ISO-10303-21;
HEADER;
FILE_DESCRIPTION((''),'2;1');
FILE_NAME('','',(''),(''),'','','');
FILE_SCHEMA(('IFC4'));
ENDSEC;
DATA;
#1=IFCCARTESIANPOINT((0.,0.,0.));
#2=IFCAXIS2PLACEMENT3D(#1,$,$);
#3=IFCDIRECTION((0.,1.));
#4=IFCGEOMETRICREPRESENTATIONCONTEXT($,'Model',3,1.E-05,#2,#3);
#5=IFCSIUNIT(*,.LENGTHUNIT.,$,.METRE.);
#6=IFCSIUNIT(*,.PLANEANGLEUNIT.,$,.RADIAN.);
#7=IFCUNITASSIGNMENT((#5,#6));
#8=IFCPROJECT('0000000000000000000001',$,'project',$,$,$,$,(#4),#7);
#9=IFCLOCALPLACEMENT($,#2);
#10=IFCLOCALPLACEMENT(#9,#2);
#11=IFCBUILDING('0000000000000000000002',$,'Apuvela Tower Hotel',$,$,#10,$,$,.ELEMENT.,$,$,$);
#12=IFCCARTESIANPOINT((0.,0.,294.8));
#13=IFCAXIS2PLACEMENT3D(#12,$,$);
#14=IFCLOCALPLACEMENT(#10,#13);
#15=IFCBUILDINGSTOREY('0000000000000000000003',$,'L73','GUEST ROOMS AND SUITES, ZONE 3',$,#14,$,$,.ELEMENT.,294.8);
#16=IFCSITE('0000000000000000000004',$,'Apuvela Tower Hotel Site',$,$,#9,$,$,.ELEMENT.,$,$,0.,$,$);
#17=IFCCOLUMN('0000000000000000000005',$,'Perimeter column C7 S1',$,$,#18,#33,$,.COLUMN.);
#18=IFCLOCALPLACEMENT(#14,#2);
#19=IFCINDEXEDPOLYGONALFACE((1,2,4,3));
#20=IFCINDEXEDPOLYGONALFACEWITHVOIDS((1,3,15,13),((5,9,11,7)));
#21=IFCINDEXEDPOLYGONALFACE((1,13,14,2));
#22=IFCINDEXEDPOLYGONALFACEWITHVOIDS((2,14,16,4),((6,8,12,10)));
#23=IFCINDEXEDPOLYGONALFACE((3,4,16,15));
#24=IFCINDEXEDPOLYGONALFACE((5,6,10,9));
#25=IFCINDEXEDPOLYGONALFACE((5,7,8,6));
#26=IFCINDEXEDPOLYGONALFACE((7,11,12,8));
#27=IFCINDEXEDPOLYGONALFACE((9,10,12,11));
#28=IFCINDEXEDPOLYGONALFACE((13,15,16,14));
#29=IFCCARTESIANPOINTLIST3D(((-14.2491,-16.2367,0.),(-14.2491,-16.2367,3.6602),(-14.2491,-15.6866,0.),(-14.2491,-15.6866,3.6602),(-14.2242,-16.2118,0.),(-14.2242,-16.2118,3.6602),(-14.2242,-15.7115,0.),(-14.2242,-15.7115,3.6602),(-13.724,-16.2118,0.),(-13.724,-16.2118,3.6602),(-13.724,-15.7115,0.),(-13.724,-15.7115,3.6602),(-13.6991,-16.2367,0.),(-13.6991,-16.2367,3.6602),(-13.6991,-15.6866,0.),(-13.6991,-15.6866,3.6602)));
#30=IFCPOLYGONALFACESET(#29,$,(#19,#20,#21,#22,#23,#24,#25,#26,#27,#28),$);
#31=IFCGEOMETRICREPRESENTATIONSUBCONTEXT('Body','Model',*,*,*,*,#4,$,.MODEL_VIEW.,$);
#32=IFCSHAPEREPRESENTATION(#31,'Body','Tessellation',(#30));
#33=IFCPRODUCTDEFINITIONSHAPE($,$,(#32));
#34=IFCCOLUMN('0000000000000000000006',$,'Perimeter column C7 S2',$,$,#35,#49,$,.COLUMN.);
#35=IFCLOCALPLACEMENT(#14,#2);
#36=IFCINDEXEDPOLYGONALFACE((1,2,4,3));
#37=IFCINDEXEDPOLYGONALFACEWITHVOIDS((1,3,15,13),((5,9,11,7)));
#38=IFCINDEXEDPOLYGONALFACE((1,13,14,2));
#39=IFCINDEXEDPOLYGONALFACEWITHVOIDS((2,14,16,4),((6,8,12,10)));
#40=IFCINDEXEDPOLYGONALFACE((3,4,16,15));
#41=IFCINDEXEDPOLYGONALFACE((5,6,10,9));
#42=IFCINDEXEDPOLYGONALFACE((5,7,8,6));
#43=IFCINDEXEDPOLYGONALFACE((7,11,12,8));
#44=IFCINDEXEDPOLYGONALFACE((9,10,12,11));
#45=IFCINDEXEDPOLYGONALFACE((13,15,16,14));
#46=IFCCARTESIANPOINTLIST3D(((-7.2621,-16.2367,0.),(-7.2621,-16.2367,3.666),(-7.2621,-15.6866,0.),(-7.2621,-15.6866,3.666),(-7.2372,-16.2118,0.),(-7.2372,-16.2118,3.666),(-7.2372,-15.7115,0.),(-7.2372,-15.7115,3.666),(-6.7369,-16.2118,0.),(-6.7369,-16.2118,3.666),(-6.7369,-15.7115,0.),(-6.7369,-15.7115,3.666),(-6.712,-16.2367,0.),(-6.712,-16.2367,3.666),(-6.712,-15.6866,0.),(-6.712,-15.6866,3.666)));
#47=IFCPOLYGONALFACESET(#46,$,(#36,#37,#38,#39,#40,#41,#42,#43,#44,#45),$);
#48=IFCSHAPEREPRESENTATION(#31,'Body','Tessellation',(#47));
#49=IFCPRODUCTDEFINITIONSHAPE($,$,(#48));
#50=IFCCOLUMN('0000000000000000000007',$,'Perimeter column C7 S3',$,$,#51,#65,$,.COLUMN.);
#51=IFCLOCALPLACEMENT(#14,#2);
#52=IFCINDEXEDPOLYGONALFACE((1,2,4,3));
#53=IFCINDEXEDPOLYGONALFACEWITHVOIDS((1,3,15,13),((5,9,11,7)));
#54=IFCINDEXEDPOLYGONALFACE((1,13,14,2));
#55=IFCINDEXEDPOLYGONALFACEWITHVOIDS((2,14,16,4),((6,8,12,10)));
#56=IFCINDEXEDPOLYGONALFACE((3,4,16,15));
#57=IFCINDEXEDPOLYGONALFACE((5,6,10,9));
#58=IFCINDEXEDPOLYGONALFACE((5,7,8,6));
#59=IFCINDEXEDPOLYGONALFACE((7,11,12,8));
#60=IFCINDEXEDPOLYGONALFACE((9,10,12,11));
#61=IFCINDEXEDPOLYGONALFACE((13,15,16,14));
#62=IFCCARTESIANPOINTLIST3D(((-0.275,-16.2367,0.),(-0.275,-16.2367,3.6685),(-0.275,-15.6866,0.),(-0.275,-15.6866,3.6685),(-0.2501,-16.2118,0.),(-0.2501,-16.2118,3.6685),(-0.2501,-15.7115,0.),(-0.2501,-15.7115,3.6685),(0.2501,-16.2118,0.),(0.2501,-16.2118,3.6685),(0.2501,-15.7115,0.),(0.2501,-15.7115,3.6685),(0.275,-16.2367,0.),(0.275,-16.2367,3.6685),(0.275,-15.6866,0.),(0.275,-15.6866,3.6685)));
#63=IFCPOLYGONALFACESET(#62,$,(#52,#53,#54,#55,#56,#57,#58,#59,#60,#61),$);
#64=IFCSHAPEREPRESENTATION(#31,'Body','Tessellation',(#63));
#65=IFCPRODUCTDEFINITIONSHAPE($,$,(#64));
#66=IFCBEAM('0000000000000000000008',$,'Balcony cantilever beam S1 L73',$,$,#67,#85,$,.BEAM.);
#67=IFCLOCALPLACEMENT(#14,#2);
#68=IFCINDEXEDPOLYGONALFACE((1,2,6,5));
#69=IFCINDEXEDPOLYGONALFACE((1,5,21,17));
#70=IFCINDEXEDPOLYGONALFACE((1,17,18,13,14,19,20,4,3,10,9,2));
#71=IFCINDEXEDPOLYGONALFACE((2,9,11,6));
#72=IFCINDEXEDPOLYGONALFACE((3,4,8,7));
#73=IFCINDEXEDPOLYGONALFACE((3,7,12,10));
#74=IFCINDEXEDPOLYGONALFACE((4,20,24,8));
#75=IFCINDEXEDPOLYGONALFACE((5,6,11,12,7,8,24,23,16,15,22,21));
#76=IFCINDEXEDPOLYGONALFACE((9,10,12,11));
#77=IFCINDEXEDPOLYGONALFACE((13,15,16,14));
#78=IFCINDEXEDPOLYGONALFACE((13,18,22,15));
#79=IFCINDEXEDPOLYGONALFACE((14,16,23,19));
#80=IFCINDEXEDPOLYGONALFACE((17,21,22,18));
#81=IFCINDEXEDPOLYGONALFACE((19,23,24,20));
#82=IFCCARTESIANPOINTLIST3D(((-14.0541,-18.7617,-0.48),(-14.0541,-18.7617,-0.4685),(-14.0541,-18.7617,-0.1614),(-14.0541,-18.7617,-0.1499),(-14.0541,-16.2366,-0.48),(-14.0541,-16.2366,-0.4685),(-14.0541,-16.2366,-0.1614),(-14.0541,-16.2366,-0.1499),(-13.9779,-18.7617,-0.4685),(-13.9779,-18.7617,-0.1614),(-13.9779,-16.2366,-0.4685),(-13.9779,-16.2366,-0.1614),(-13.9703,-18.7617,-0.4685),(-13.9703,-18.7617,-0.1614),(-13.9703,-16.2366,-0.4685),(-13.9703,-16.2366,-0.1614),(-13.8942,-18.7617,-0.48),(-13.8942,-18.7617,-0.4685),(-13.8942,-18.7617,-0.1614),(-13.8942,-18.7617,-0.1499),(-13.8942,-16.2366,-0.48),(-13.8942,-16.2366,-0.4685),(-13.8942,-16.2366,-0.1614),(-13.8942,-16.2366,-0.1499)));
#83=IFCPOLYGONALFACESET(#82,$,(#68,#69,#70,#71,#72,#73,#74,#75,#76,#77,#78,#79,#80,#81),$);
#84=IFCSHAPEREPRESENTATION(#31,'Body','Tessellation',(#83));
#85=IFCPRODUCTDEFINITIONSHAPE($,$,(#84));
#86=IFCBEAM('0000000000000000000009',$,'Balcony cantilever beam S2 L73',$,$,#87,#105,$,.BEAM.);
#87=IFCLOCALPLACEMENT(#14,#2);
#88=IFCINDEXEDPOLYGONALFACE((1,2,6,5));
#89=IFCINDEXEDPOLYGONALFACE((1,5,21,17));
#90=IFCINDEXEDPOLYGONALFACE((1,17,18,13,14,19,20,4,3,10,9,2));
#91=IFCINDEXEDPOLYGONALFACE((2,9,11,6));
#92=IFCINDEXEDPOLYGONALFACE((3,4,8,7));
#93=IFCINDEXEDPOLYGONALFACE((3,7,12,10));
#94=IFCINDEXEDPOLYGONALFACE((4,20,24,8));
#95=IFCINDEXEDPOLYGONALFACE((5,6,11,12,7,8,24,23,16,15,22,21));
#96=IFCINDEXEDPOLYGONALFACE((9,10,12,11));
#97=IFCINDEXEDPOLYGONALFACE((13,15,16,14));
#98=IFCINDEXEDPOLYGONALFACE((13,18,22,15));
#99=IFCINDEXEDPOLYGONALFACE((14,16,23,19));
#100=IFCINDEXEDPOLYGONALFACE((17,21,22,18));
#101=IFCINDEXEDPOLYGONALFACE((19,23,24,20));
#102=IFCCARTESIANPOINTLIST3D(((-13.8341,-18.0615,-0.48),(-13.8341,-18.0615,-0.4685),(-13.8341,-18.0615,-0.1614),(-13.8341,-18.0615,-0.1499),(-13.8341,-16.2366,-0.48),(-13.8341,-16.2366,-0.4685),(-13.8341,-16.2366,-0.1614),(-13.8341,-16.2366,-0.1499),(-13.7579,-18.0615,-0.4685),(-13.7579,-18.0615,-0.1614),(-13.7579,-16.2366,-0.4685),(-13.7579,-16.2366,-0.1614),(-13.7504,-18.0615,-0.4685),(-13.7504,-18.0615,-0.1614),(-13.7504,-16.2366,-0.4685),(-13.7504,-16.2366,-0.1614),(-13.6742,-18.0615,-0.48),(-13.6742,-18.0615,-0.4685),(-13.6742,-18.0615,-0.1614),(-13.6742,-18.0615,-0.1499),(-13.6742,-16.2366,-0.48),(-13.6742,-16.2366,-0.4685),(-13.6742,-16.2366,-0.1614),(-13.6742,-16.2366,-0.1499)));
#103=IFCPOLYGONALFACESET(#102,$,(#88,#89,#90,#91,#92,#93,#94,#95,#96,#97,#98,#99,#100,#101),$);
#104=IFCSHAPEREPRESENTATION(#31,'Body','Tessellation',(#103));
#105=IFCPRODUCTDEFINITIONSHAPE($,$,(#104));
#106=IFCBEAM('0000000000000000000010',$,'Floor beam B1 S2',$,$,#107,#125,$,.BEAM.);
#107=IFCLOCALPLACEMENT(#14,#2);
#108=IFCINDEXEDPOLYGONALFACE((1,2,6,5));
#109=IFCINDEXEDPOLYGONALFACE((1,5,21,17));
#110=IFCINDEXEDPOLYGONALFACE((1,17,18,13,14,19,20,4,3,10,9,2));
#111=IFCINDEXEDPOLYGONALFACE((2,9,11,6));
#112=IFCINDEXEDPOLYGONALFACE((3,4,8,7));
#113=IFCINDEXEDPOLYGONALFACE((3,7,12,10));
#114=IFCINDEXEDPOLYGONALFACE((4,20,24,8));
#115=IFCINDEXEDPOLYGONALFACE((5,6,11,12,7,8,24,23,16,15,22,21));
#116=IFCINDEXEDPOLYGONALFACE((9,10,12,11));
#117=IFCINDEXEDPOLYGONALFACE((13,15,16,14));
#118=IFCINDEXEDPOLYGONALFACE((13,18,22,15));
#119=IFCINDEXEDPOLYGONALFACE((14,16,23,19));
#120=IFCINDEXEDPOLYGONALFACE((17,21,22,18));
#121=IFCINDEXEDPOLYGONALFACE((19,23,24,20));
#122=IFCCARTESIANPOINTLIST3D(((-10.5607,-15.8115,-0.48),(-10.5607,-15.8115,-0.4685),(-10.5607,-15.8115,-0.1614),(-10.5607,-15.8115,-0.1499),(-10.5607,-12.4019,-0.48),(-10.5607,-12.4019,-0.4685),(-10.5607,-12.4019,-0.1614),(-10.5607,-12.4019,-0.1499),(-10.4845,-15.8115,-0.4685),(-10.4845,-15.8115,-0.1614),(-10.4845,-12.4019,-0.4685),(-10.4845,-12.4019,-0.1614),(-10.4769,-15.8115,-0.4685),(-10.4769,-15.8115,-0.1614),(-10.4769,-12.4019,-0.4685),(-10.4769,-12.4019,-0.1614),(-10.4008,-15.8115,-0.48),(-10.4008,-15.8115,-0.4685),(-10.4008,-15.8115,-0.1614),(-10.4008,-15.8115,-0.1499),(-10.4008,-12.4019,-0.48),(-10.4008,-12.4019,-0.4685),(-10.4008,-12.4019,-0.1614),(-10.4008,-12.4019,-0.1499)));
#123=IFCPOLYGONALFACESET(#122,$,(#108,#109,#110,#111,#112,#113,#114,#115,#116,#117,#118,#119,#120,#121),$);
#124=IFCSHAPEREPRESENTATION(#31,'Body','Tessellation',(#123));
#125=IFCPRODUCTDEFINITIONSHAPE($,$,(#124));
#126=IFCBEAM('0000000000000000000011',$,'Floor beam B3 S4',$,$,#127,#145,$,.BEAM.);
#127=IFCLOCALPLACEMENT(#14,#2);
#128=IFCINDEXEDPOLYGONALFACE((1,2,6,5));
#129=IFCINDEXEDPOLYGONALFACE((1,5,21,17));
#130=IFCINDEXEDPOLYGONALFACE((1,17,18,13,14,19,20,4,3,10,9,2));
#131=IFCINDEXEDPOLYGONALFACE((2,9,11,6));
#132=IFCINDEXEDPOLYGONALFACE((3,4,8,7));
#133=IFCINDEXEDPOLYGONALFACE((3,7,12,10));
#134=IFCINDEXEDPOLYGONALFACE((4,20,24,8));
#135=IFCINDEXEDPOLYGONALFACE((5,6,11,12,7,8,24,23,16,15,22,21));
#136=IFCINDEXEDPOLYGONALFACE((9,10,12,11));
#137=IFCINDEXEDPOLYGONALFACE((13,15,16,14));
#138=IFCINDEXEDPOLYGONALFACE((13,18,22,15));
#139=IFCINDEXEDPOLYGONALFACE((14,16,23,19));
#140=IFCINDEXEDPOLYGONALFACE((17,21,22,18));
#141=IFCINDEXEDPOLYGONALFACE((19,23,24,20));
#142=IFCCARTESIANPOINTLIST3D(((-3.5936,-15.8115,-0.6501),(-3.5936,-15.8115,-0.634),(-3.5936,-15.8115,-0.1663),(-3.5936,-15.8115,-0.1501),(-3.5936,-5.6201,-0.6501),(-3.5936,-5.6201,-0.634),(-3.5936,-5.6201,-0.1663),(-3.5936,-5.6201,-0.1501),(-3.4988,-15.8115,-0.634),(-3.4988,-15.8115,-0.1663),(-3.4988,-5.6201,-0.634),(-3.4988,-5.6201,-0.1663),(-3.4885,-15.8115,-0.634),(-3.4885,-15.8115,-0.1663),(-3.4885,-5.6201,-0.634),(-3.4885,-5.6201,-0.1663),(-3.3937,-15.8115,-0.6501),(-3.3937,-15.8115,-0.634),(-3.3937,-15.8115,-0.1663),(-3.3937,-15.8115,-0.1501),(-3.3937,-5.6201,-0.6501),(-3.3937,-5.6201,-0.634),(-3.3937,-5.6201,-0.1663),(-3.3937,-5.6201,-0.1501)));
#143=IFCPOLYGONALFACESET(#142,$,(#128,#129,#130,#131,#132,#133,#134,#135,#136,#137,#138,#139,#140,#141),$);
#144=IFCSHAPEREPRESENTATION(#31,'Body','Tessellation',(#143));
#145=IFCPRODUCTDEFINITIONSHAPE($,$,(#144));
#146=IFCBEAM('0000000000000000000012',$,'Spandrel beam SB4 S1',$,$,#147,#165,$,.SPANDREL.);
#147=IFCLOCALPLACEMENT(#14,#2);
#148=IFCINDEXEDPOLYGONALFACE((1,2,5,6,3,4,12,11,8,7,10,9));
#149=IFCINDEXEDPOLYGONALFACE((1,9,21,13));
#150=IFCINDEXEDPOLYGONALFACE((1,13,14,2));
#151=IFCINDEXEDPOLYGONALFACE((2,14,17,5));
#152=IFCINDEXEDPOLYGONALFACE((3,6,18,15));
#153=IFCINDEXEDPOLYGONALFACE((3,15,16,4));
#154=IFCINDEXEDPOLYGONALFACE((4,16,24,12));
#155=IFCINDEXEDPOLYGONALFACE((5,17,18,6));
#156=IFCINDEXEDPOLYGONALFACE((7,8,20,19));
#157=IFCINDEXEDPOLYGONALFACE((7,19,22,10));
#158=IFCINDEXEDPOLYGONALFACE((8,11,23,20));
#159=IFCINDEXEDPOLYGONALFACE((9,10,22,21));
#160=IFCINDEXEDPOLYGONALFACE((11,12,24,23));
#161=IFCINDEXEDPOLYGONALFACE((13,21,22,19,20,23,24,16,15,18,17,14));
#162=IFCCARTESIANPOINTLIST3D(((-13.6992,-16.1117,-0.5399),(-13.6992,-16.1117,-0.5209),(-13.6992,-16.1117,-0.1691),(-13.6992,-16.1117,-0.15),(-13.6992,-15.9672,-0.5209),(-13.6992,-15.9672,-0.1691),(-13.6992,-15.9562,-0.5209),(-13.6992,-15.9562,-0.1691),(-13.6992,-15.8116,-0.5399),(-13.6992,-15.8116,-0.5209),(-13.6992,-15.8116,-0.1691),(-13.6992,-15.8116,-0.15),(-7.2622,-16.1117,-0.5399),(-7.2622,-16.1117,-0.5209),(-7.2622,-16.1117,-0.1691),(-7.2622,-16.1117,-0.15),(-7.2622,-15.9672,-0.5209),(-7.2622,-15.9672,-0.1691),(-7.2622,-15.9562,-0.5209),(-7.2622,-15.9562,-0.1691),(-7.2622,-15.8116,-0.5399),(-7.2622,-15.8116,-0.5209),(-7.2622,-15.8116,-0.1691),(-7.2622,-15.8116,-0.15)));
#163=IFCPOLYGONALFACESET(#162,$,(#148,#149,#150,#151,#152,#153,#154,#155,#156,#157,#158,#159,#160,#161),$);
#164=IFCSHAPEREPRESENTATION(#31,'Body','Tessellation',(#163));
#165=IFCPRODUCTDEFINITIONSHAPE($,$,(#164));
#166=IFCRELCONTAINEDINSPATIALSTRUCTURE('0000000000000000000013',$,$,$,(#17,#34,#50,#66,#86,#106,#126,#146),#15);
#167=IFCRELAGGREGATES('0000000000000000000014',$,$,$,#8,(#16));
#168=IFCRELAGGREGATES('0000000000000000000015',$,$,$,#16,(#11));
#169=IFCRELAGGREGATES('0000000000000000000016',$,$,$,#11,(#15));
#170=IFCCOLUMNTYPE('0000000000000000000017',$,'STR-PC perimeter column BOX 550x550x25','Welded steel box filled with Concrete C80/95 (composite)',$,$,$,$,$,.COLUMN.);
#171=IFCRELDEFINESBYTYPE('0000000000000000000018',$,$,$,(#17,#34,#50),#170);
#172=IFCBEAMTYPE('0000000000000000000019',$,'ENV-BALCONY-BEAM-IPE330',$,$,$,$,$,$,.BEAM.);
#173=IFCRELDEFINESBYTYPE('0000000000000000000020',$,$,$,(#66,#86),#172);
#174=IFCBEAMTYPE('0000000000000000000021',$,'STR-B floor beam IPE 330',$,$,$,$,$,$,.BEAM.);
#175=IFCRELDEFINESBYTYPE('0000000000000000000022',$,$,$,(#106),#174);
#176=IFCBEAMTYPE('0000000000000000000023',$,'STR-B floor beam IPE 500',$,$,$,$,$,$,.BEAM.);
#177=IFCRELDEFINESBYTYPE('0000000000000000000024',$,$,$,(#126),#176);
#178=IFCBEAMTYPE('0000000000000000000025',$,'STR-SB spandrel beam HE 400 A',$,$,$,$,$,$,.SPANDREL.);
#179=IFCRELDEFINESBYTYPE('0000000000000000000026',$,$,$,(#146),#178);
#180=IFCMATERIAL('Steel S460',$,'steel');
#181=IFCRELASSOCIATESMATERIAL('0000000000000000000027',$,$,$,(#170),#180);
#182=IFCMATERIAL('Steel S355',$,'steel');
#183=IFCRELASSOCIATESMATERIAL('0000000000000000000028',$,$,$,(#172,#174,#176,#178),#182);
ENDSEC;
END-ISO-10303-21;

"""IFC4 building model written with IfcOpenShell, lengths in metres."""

from ifc_helpers import new_model, si_unit, direction, frame, origin, origin_2d, place, context, subcontext, project, spatial, rectangle, hollow_rectangle, i_section, extrude, boolean, halfspace, material, material_profile, profile_set, type_object, element, save


model = new_model("IFC4")

# Units and contexts
model_context = context("Model", 3, precision=1e-05, world=origin(), true_north=direction((0.0, 1.0)))
body_context = subcontext(model_context, "Body", "Model", "MODEL_VIEW")
ifc_project = project(units=[si_unit("LENGTHUNIT", "METRE"), si_unit("PLANEANGLEUNIT", "RADIAN")], contexts=[model_context])

# Site, building, storey
site_placement = place(None, origin())
site = spatial("IfcSite", under=ifc_project, at=site_placement, Name="Apuvela Tower Hotel Site", CompositionType="ELEMENT", RefElevation=0.0)
building_placement = place(site_placement, origin())
building = spatial("IfcBuilding", under=site, at=building_placement, Name="Apuvela Tower Hotel", CompositionType="ELEMENT")
storey_placement = place(building_placement, frame((0.0, 0.0, 294.8)))
storey = spatial("IfcBuildingStorey", under=building, at=storey_placement, Name="L73", Description="GUEST ROOMS AND SUITES, ZONE 3", CompositionType="ELEMENT", Elevation=294.8)

# Columns
ifc_material_1 = material(Name="Steel S460", Category="steel")
ifc_material_profile_1 = material_profile(ifc_material_1, hollow_rectangle(XDim=0.55, YDim=0.55, WallThickness=0.0249, at=origin_2d()), Name="BOX 550x550x25")
ifc_material_2 = material(Name="Concrete C80/95", Category="concrete")
ifc_material_profile_2 = material_profile(ifc_material_2, rectangle(XDim=0.5, YDim=0.5, at=origin_2d()), Name="Concrete C80/95 infill")
ifc_profile_set_1 = profile_set([ifc_material_profile_1, ifc_material_profile_2], Name="Steel S460")
column_type = type_object("IfcColumnType", Name="STR-PC perimeter column BOX 550x550x25", Description="Welded steel box filled with Concrete C80/95 (composite)", PredefinedType="COLUMN", material=ifc_profile_set_1)
column_1_placement = place(storey_placement, frame((-13.9741, -15.9617, 0.0), z_axis=(0.0, 0.0, 1.0), x_axis=(-1.0, 0.0, 0.0)))
element("IfcColumn", 1, at=column_1_placement, inside=storey, type_object=column_type, Name="Perimeter column C7 S1", PredefinedType="COLUMN", context=body_context, shape_type="SweptSolid", body=[
    boolean("DIFFERENCE", extrude(hollow_rectangle(XDim=0.55, YDim=0.55, WallThickness=0.0249, at=origin_2d()), origin(), (0.0, 0.0, 1.0), 3.7), halfspace(frame((0.0, 0.0, 3.6602), z_axis=(0.0, 0.0, 1.0), x_axis=(1.0, 0.0, 0.0)), False)),
])
column_2_placement = place(storey_placement, frame((-6.9871, -15.9617, 0.0), z_axis=(0.0, 0.0, 1.0), x_axis=(-1.0, 0.0, 0.0)))
element("IfcColumn", 2, at=column_2_placement, inside=storey, type_object=column_type, Name="Perimeter column C7 S2", PredefinedType="COLUMN", context=body_context, shape_type="SweptSolid", body=[
    boolean("DIFFERENCE", extrude(hollow_rectangle(XDim=0.55, YDim=0.55, WallThickness=0.0249, at=origin_2d()), origin(), (0.0, 0.0, 1.0), 3.7), halfspace(frame((0.0, 0.0, 3.666), z_axis=(0.0, 0.0, 1.0), x_axis=(1.0, 0.0, 0.0)), False)),
])
column_3_placement = place(storey_placement, frame((0.0, -15.9617, 0.0), z_axis=(0.0, 0.0, 1.0), x_axis=(-1.0, 0.0, 0.0)))
element("IfcColumn", 3, at=column_3_placement, inside=storey, type_object=column_type, Name="Perimeter column C7 S3", PredefinedType="COLUMN", context=body_context, shape_type="SweptSolid", body=[
    boolean("DIFFERENCE", extrude(hollow_rectangle(XDim=0.55, YDim=0.55, WallThickness=0.0249, at=origin_2d()), origin(), (0.0, 0.0, 1.0), 3.7), halfspace(frame((0.0, 0.0, 3.6685), z_axis=(0.0, 0.0, 1.0), x_axis=(1.0, 0.0, 0.0)), False)),
])

# Beams
ifc_material_3 = material(Name="Steel S355", Category="steel")
ifc_material_profile_3 = material_profile(ifc_material_3, i_section(OverallWidth=0.1599, OverallDepth=0.3301, WebThickness=0.0076, FlangeThickness=0.0115, at=origin_2d()), Name="IPE 330")
ifc_profile_set_2 = profile_set([ifc_material_profile_3], Name="Steel S355")
beam_type_1 = type_object("IfcBeamType", Name="ENV-BALCONY-BEAM-IPE330", PredefinedType="BEAM", material=ifc_profile_set_2)
beam_1_placement = place(storey_placement, frame((-13.9741, -16.2366, -0.3149), z_axis=(0.0, -1.0, 0.0), x_axis=(1.0, 0.0, 0.0)))
element("IfcBeam", 4, at=beam_1_placement, inside=storey, type_object=beam_type_1, Name="Balcony cantilever beam S1 L73", PredefinedType="BEAM", context=body_context, shape_type="SweptSolid", body=[
    extrude(i_section(OverallWidth=0.1599, OverallDepth=0.3301, WebThickness=0.0076, FlangeThickness=0.0115, at=origin_2d()), origin(), (0.0, 0.0, 1.0), 2.5251),
])
beam_2_placement = place(storey_placement, frame((-13.7542, -16.2366, -0.3149), z_axis=(0.0, -1.0, 0.0), x_axis=(1.0, 0.0, 0.0)))
element("IfcBeam", 5, at=beam_2_placement, inside=storey, type_object=beam_type_1, Name="Balcony cantilever beam S2 L73", PredefinedType="BEAM", context=body_context, shape_type="SweptSolid", body=[
    extrude(i_section(OverallWidth=0.1599, OverallDepth=0.3301, WebThickness=0.0076, FlangeThickness=0.0115, at=origin_2d()), origin(), (0.0, 0.0, 1.0), 1.825),
])
ifc_material_profile_4 = material_profile(ifc_material_3, i_section(OverallWidth=0.1599, OverallDepth=0.3301, WebThickness=0.0076, FlangeThickness=0.0115, at=origin_2d()), Name="IPE 330")
ifc_profile_set_3 = profile_set([ifc_material_profile_4], Name="Steel S355")
beam_type_2 = type_object("IfcBeamType", Name="STR-B floor beam IPE 330", PredefinedType="BEAM", material=ifc_profile_set_3)
beam_3_placement = place(storey_placement, frame((-10.4807, -15.8115, -0.3149), z_axis=(0.0, 1.0, 0.0), x_axis=(-1.0, 0.0, 0.0)))
element("IfcBeam", 6, at=beam_3_placement, inside=storey, type_object=beam_type_2, Name="Floor beam B1 S2", PredefinedType="BEAM", context=body_context, shape_type="SweptSolid", body=[
    extrude(i_section(OverallWidth=0.1599, OverallDepth=0.3301, WebThickness=0.0076, FlangeThickness=0.0115, at=origin_2d()), origin(), (0.0, 0.0, 1.0), 3.4097),
])
ifc_material_profile_5 = material_profile(ifc_material_3, i_section(OverallWidth=0.2, OverallDepth=0.5, WebThickness=0.0103, FlangeThickness=0.0161, at=origin_2d()), Name="IPE 500")
ifc_profile_set_4 = profile_set([ifc_material_profile_5], Name="Steel S355")
beam_type_3 = type_object("IfcBeamType", Name="STR-B floor beam IPE 500", PredefinedType="BEAM", material=ifc_profile_set_4)
beam_4_placement = place(storey_placement, frame((-3.4937, -15.8115, -0.4001), z_axis=(0.0, 1.0, 0.0), x_axis=(-1.0, 0.0, 0.0)))
element("IfcBeam", 7, at=beam_4_placement, inside=storey, type_object=beam_type_3, Name="Floor beam B3 S4", PredefinedType="BEAM", context=body_context, shape_type="SweptSolid", body=[
    extrude(i_section(OverallWidth=0.2, OverallDepth=0.5, WebThickness=0.0103, FlangeThickness=0.0161, at=origin_2d()), origin(), (0.0, 0.0, 1.0), 10.1914),
])
ifc_material_profile_6 = material_profile(ifc_material_3, i_section(OverallWidth=0.3, OverallDepth=0.3899, WebThickness=0.011, FlangeThickness=0.019, at=origin_2d()), Name="HE 400 A")
ifc_profile_set_5 = profile_set([ifc_material_profile_6], Name="Steel S355")
beam_type_4 = type_object("IfcBeamType", Name="STR-SB spandrel beam HE 400 A", PredefinedType="SPANDREL", material=ifc_profile_set_5)
beam_5_placement = place(storey_placement, frame((-13.6992, -15.9617, -0.345), z_axis=(1.0, 0.0, 0.0), x_axis=(0.0, 1.0, 0.0)))
element("IfcBeam", 8, at=beam_5_placement, inside=storey, type_object=beam_type_4, Name="Spandrel beam SB4 S1", PredefinedType="SPANDREL", context=body_context, shape_type="SweptSolid", body=[
    extrude(i_section(OverallWidth=0.3, OverallDepth=0.3899, WebThickness=0.011, FlangeThickness=0.019, at=origin_2d()), origin(), (0.0, 0.0, 1.0), 6.437),
])

save(model, "model.ifc")
